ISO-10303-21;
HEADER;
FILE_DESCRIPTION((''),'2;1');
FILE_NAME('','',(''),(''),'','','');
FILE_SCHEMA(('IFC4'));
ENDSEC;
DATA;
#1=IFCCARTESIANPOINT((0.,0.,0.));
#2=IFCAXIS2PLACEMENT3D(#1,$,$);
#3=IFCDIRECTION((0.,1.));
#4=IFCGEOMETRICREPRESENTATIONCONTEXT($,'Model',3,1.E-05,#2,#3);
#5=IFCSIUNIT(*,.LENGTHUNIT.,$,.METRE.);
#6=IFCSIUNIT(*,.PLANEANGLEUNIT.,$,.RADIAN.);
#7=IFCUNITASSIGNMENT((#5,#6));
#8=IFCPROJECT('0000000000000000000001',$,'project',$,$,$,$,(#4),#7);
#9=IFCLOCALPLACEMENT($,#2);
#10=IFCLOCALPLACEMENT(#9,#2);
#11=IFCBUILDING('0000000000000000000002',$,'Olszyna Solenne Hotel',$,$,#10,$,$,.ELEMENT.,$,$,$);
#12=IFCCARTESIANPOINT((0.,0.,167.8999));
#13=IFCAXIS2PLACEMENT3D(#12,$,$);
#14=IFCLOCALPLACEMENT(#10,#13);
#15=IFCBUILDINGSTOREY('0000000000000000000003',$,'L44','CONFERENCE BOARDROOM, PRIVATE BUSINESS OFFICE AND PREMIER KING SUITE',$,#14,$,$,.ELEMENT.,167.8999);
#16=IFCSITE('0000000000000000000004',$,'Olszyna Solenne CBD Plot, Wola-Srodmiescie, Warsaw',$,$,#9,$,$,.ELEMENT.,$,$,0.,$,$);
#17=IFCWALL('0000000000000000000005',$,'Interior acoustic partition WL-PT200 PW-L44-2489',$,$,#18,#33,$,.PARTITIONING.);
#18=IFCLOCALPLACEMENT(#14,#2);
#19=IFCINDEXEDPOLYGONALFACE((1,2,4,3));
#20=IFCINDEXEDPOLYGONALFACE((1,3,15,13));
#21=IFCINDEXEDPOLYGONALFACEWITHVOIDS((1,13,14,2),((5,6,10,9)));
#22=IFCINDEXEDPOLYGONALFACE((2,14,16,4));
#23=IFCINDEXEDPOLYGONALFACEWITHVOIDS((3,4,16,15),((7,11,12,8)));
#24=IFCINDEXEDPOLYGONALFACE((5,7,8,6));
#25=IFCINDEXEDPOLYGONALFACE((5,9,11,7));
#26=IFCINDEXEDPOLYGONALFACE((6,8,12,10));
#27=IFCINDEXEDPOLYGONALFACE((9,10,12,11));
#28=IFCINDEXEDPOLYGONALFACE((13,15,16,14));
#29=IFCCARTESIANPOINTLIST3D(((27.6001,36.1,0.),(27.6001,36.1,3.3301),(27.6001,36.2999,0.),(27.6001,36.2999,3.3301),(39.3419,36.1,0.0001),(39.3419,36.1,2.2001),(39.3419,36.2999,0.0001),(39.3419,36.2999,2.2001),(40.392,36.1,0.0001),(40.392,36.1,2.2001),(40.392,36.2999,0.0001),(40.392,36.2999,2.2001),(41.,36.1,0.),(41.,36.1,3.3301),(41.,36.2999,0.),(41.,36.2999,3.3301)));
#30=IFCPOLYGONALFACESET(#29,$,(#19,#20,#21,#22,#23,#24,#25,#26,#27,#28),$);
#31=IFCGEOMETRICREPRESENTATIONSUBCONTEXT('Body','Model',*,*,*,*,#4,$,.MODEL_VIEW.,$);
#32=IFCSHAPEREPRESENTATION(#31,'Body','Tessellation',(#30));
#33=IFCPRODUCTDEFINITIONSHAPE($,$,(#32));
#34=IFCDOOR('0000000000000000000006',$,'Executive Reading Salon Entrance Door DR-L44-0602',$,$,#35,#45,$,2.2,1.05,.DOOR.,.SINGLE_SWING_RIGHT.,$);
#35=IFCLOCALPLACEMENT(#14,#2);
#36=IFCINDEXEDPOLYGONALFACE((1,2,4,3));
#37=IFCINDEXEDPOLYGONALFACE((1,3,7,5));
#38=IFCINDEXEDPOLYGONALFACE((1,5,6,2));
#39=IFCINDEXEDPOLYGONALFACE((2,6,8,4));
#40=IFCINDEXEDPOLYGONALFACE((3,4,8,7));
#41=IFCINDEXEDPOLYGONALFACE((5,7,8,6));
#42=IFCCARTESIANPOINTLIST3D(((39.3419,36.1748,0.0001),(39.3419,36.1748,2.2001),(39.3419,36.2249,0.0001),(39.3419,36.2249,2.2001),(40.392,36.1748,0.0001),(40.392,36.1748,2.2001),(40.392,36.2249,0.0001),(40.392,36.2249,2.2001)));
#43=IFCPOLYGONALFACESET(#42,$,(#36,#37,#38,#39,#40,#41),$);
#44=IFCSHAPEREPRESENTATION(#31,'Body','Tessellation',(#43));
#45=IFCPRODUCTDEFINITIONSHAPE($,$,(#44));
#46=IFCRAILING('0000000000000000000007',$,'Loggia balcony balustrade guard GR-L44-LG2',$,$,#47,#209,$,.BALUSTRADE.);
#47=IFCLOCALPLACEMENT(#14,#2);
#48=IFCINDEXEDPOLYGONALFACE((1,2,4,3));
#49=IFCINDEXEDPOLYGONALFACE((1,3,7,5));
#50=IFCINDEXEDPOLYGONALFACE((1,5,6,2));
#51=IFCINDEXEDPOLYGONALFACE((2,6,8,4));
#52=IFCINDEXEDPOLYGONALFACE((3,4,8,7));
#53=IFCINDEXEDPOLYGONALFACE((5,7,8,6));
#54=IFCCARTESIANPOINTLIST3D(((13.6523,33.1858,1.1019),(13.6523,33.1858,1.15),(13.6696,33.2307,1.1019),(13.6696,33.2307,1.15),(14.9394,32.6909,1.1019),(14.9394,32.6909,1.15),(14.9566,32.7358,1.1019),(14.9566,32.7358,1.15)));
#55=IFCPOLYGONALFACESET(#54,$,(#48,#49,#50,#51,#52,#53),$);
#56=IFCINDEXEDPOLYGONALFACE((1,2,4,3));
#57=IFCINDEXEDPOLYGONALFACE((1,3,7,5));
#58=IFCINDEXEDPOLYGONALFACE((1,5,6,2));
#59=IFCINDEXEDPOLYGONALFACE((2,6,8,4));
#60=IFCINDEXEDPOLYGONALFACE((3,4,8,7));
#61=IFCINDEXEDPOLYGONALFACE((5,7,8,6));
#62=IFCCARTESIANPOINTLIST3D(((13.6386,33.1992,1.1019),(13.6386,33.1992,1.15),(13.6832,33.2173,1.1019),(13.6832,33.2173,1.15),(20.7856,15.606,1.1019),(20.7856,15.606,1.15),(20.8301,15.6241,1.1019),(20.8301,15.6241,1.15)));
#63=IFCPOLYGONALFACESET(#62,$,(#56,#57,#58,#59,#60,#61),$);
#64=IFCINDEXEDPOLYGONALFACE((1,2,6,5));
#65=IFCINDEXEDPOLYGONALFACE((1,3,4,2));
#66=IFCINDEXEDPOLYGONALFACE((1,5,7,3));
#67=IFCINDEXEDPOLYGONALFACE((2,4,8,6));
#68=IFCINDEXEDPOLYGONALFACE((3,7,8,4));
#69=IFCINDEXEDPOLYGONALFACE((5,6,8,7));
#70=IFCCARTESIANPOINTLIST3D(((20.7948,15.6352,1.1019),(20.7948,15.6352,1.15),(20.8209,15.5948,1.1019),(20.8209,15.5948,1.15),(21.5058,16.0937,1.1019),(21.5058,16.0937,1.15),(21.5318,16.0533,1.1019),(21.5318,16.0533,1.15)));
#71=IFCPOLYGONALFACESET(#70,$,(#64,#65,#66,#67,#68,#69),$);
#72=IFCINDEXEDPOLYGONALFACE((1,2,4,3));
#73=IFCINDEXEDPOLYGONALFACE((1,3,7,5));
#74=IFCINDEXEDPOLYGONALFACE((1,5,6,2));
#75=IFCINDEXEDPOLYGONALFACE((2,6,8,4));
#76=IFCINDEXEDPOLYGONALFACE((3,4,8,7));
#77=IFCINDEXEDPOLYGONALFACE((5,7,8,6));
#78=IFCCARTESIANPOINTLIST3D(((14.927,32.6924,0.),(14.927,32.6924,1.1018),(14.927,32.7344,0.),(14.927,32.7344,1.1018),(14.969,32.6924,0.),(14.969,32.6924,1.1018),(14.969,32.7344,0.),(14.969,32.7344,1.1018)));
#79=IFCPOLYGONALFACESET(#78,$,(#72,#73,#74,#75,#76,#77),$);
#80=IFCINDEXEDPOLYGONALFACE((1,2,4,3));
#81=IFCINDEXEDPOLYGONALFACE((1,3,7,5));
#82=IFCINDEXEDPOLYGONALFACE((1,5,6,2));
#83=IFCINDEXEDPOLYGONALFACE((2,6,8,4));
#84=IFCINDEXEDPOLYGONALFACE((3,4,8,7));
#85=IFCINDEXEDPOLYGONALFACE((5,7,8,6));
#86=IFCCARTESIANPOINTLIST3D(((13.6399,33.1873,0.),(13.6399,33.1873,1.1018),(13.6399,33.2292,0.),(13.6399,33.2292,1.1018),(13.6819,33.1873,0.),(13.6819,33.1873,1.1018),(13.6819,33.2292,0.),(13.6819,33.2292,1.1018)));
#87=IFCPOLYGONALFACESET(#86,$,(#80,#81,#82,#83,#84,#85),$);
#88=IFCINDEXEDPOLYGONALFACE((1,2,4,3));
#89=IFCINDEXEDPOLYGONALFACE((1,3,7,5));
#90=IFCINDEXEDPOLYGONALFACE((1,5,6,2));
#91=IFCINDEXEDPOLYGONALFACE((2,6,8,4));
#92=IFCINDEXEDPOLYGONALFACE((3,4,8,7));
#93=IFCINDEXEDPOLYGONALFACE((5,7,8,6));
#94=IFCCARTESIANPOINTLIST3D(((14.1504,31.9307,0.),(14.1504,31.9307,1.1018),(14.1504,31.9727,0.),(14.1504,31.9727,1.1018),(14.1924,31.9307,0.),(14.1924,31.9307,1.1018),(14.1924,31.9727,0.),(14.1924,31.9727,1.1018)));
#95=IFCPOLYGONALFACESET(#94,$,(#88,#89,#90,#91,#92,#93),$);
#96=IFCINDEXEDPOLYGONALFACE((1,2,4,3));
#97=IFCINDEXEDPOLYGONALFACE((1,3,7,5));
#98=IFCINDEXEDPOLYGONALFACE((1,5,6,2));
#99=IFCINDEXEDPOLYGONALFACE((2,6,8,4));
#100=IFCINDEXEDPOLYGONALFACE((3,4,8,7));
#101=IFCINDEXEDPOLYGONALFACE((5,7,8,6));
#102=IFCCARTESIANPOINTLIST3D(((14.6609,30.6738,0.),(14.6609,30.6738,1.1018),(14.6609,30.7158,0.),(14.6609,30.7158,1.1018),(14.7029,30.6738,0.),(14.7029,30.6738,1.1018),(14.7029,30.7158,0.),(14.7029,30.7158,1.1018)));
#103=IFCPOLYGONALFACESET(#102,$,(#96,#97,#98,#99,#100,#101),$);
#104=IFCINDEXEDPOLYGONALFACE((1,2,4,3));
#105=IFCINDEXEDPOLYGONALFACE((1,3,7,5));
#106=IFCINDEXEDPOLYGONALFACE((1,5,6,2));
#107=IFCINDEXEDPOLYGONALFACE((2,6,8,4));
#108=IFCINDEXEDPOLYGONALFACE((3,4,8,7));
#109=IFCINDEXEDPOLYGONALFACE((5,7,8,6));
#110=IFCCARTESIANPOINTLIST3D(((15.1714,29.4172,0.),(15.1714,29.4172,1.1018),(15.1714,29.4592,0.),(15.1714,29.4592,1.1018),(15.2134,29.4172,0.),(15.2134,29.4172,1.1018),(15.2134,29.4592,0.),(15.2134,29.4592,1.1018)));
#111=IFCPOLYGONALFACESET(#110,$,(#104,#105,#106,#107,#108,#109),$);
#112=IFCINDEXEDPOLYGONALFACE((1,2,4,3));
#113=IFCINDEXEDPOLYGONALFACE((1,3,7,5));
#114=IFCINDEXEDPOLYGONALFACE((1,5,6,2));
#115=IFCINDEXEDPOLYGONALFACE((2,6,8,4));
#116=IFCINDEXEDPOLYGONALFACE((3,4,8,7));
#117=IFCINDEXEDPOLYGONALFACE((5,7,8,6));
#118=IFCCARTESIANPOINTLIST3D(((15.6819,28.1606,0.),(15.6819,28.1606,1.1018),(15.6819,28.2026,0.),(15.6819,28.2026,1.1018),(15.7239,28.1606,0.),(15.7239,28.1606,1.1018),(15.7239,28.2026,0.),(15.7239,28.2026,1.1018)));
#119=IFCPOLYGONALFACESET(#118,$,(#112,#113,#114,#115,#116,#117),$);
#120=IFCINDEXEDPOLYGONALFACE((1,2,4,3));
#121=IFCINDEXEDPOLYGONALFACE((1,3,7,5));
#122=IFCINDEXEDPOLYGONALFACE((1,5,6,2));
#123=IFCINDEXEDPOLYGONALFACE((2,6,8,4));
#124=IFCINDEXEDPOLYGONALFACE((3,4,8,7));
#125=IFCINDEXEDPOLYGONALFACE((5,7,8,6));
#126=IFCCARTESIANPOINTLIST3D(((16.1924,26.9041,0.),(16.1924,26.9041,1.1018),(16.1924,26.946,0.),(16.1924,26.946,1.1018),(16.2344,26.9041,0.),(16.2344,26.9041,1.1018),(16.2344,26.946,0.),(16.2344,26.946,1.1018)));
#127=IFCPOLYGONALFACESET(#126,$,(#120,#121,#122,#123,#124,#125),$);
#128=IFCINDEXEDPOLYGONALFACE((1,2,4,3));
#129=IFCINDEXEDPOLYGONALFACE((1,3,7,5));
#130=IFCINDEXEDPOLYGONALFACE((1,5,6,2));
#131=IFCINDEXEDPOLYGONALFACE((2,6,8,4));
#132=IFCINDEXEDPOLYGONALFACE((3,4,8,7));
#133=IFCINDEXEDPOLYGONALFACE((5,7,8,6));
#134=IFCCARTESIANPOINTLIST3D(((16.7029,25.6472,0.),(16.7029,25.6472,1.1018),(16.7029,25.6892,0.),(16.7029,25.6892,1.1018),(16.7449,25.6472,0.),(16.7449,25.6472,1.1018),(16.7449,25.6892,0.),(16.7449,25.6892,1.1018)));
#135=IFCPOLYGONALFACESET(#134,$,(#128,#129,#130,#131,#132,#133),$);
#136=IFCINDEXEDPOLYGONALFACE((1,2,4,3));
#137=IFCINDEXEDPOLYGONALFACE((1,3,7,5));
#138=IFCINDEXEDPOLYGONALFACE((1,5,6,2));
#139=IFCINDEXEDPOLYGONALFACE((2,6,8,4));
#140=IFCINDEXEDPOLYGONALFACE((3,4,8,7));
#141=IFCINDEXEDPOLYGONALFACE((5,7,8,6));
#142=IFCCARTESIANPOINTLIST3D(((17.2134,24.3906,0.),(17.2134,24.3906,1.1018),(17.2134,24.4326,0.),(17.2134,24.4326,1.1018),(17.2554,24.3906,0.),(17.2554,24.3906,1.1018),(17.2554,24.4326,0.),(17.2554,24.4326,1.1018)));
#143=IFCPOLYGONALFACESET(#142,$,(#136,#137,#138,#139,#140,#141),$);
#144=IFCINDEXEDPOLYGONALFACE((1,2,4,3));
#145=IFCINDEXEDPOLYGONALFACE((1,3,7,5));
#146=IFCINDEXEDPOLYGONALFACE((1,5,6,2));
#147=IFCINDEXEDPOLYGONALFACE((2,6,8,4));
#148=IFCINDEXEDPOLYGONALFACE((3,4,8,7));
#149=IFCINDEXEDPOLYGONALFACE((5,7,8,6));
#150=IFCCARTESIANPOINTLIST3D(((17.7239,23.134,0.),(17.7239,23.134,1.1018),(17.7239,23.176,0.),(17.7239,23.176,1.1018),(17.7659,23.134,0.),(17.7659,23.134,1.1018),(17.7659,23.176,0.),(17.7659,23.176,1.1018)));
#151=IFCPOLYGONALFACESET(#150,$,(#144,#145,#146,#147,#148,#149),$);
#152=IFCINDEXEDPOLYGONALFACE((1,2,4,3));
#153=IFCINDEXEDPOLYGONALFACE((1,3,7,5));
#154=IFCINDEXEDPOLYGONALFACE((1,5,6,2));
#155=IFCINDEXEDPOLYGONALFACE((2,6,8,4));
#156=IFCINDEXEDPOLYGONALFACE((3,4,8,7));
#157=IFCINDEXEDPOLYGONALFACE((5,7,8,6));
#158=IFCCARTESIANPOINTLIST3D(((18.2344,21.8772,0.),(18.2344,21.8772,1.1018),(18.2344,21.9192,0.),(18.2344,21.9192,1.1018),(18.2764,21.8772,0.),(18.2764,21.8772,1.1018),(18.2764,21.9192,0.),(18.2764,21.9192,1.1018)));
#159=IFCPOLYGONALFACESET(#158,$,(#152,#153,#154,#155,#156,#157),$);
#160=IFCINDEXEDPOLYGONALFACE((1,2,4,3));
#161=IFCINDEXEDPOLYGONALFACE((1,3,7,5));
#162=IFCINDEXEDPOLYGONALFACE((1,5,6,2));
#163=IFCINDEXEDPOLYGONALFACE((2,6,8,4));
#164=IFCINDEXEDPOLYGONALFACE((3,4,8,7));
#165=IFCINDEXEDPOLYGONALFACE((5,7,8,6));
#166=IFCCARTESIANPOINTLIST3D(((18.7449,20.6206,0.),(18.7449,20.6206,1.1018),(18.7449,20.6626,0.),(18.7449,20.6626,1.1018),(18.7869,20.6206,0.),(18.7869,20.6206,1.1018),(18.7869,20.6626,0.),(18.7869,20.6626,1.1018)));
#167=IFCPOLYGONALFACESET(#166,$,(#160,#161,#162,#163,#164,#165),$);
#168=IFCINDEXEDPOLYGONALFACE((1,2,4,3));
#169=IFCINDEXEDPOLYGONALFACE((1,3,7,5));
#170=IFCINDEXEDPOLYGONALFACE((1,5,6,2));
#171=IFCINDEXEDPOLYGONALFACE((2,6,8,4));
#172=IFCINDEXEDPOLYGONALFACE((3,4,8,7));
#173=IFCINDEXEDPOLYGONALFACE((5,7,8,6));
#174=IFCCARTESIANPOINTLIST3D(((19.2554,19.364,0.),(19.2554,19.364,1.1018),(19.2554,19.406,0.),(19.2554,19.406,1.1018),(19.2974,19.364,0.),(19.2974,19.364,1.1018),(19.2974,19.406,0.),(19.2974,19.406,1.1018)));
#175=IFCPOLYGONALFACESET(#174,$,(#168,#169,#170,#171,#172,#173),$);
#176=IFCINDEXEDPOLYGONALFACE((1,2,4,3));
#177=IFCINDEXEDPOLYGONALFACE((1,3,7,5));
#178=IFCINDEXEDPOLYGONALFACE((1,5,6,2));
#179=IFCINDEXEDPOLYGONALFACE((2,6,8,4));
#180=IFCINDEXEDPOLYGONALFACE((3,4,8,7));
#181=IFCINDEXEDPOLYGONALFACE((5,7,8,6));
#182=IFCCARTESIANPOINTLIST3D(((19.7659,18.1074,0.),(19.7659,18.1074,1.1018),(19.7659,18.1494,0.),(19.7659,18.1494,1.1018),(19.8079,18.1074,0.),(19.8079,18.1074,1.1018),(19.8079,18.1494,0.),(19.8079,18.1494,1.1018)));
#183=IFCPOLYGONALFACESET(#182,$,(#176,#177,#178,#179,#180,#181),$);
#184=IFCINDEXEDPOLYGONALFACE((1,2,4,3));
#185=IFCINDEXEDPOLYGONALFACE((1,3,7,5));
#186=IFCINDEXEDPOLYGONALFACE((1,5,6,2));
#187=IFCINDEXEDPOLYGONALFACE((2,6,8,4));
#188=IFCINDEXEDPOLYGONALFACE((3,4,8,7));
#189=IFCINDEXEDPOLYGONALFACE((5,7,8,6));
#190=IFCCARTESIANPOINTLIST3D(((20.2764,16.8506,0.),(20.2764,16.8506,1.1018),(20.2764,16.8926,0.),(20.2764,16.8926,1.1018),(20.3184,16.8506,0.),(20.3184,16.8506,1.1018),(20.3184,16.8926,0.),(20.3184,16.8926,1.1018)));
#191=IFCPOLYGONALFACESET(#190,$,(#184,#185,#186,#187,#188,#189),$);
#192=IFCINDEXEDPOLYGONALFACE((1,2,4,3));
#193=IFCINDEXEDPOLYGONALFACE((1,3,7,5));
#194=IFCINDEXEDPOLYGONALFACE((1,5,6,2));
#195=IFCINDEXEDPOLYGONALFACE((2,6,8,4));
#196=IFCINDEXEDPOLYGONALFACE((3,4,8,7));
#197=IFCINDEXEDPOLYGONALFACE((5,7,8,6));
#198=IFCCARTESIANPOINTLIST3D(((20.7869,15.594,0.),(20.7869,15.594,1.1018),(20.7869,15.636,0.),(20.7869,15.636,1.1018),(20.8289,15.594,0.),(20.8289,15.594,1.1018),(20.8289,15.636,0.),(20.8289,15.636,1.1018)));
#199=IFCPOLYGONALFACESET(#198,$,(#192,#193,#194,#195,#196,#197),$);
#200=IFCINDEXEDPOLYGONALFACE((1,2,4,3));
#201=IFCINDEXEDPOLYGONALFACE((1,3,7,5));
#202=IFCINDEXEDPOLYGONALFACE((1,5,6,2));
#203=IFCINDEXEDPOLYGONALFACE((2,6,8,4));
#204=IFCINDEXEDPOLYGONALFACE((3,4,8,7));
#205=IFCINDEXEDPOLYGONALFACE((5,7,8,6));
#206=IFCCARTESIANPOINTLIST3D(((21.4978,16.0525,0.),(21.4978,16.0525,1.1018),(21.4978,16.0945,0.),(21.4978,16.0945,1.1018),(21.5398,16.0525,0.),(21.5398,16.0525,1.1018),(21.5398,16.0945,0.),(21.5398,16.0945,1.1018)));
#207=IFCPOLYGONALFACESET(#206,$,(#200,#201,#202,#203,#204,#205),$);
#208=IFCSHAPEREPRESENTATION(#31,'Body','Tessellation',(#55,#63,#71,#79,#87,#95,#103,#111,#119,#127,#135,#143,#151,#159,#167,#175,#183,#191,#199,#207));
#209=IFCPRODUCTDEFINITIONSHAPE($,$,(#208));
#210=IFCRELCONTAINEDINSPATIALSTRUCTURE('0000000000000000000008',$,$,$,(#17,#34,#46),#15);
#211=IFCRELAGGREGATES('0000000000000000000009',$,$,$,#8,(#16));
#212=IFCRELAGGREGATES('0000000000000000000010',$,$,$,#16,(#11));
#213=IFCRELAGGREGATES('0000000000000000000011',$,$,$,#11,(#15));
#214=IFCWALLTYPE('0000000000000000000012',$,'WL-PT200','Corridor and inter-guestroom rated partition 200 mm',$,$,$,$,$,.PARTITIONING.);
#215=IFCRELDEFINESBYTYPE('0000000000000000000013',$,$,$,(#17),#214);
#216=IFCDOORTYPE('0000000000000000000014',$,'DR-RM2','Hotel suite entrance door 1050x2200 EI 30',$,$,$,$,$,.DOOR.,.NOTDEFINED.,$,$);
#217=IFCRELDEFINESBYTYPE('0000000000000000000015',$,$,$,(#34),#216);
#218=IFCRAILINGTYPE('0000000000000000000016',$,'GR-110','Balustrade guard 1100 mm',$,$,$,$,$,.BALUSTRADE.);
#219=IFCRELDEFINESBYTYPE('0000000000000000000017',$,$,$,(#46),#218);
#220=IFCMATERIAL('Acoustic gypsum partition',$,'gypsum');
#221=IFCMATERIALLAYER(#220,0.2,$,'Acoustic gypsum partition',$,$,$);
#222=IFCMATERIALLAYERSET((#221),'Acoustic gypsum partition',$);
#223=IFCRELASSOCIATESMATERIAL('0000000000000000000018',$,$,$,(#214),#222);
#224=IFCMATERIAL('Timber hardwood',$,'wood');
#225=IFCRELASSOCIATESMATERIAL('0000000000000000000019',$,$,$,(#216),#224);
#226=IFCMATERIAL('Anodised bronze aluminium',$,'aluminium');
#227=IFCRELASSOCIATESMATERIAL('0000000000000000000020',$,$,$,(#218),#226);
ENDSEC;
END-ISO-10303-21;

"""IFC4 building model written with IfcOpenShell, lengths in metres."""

from ifc_helpers import new_model, si_unit, direction, frame, frame_2d, origin, origin_2d, place, context, subcontext, project, spatial, rectangle, extrude, source, transform, mapped, material, layer, layer_set, type_object, type_shapes, element, fill, save


model = new_model("IFC4")

# Units and contexts
model_context = context("Model", 3, precision=1e-05, world=origin(), true_north=direction((0.0, 1.0)))
body_context = subcontext(model_context, "Body", "Model", "MODEL_VIEW")
ifc_project = project(units=[si_unit("LENGTHUNIT", "METRE"), si_unit("PLANEANGLEUNIT", "RADIAN")], contexts=[model_context])

# Site, building, storey
site_placement = place(None, origin())
site = spatial("IfcSite", under=ifc_project, at=site_placement, Name="Olszyna Solenne CBD Plot, Wola-Srodmiescie, Warsaw", CompositionType="ELEMENT", RefElevation=0.0)
building_placement = place(site_placement, origin())
building = spatial("IfcBuilding", under=site, at=building_placement, Name="Olszyna Solenne Hotel", CompositionType="ELEMENT")
storey_placement = place(building_placement, frame((0.0, 0.0, 167.8999)))
storey = spatial("IfcBuildingStorey", under=building, at=storey_placement, Name="L44", Description="CONFERENCE BOARDROOM, PRIVATE BUSINESS OFFICE AND PREMIER KING SUITE", CompositionType="ELEMENT", Elevation=167.8999)

# Shared definitions
ifc_material_1 = material(Name="Acoustic gypsum partition", Category="gypsum")

# Wall, opening, door
ifc_layer_1 = layer(ifc_material_1, 0.2, Name="Acoustic gypsum partition")
ifc_layer_set_1 = layer_set([ifc_layer_1], Name="Acoustic gypsum partition")
wall_type_1 = type_object("IfcWallType", Name="WL-PT200", Description="Corridor and inter-guestroom rated partition 200 mm", PredefinedType="PARTITIONING", material=ifc_layer_set_1)
wall_1_placement = place(storey_placement, frame((27.6001, 36.2, 0.0), z_axis=(0.0, 0.0, 1.0), x_axis=(1.0, 0.0, 0.0)))
wall_1 = element("IfcWall", 1, at=wall_1_placement, inside=storey, type_object=wall_type_1, Name="Interior acoustic partition WL-PT200 PW-L44-2489", PredefinedType="PARTITIONING", context=body_context, shape_type="SweptSolid", body=[
    extrude(rectangle(XDim=13.3999, YDim=0.2, at=frame_2d((6.7, 0.0))), origin(), (0.0, 0.0, 1.0), 3.3301),
])
opening_1_placement = place(wall_1_placement, frame((11.7419, 0.0, 0.0)))
opening_1 = element("IfcOpeningElement", 2, at=opening_1_placement, cuts=wall_1, PredefinedType="OPENING", context=body_context, shape_type="SweptSolid", body=[
    extrude(rectangle(XDim=1.05, YDim=2.2, at=frame_2d((0.5249, 1.1001))), frame((0.0, 0.1099, 0.0), z_axis=(0.0, -1.0, 0.0), x_axis=(1.0, 0.0, 0.0)), (0.0, 0.0, 1.0), 0.22),
])
ifc_material_2 = material(Name="Timber hardwood", Category="wood")
door_type_1 = type_object("IfcDoorType", Name="DR-RM2", Description="Hotel suite entrance door 1050x2200 EI 30", OperationType="NOTDEFINED", PredefinedType="DOOR", material=ifc_material_2)
shared_shape_1 = source(origin(), body_context, "Body", "SweptSolid", [
    extrude(rectangle(XDim=1.05, YDim=2.2, at=frame_2d((0.5249, 1.1001))), frame((0.0, 0.0249, 0.0), z_axis=(0.0, -1.0, 0.0), x_axis=(1.0, 0.0, 0.0)), (0.0, 0.0, 1.0), 0.05),
])
type_shapes(door_type_1, [shared_shape_1])
door_1_placement = place(opening_1_placement, origin())
door_1 = element("IfcDoor", 3, at=door_1_placement, inside=storey, type_object=door_type_1, Name="Executive Reading Salon Entrance Door DR-L44-0602", OperationType="SINGLE_SWING_RIGHT", OverallHeight=2.2, OverallWidth=1.05, PredefinedType="DOOR", context=body_context, shape_type="MappedRepresentation", body=[
    mapped(shared_shape_1, transform((0.0, 0.0, 0.0), x_axis=(1.0, 0.0, 0.0), y_axis=(0.0, 1.0, 0.0), z_axis=(0.0, 0.0, 1.0), scale=1.0)),
])
fill(opening_1, door_1)

# Railing
ifc_material_3 = material(Name="Anodised bronze aluminium", Category="aluminium")
railing_type = type_object("IfcRailingType", Name="GR-110", Description="Balustrade guard 1100 mm", PredefinedType="BALUSTRADE", material=ifc_material_3)
railing_placement = place(storey_placement, frame((14.948, 32.7134, 0.0)))
element("IfcRailing", 4, at=railing_placement, inside=storey, type_object=railing_type, Name="Loggia balcony balustrade guard GR-L44-LG2", PredefinedType="BALUSTRADE", context=body_context, shape_type="SweptSolid", body=[
    extrude(rectangle(XDim=0.0481, YDim=0.0481, at=origin_2d()), frame((0.0, 0.0, 1.126), z_axis=(-0.933387, 0.358872, 0.0), x_axis=(-0.358872, -0.933387, 0.0)), (0.0, 0.0, 1.0), 1.3789),
    extrude(rectangle(XDim=0.0481, YDim=0.0481, at=origin_2d()), frame((-1.2871, 0.4949, 1.126), z_axis=(0.376364, -0.926472, 0.0), x_axis=(0.926472, 0.376364, 0.0)), (0.0, 0.0, 1.0), 18.9895),
    extrude(rectangle(XDim=0.0481, YDim=0.0481, at=origin_2d()), frame((5.8599, -17.0984, 1.126), z_axis=(0.84039, 0.541982, 0.0), x_axis=(-0.541982, 0.84039, 0.0)), (0.0, 0.0, 1.0), 0.8459),
    extrude(rectangle(XDim=0.042, YDim=0.042, at=origin_2d()), origin(), (0.0, 0.0, 1.0), 1.1018),
    extrude(rectangle(XDim=0.042, YDim=0.042, at=origin_2d()), frame((-1.2871, 0.4949, 0.0)), (0.0, 0.0, 1.0), 1.1018),
    extrude(rectangle(XDim=0.042, YDim=0.042, at=origin_2d()), frame((-0.7766, -0.7617, 0.0)), (0.0, 0.0, 1.0), 1.1018),
    extrude(rectangle(XDim=0.042, YDim=0.042, at=origin_2d()), frame((-0.2661, -2.0186, 0.0)), (0.0, 0.0, 1.0), 1.1018),
    extrude(rectangle(XDim=0.042, YDim=0.042, at=origin_2d()), frame((0.2444, -3.2751, 0.0)), (0.0, 0.0, 1.0), 1.1018),
    extrude(rectangle(XDim=0.042, YDim=0.042, at=origin_2d()), frame((0.7549, -4.5317, 0.0)), (0.0, 0.0, 1.0), 1.1018),
    extrude(rectangle(XDim=0.042, YDim=0.042, at=origin_2d()), frame((1.2654, -5.7883, 0.0)), (0.0, 0.0, 1.0), 1.1018),
    extrude(rectangle(XDim=0.042, YDim=0.042, at=origin_2d()), frame((1.7759, -7.0452, 0.0)), (0.0, 0.0, 1.0), 1.1018),
    extrude(rectangle(XDim=0.042, YDim=0.042, at=origin_2d()), frame((2.2864, -8.3018, 0.0)), (0.0, 0.0, 1.0), 1.1018),
    extrude(rectangle(XDim=0.042, YDim=0.042, at=origin_2d()), frame((2.7969, -9.5583, 0.0)), (0.0, 0.0, 1.0), 1.1018),
    extrude(rectangle(XDim=0.042, YDim=0.042, at=origin_2d()), frame((3.3074, -10.8152, 0.0)), (0.0, 0.0, 1.0), 1.1018),
    extrude(rectangle(XDim=0.042, YDim=0.042, at=origin_2d()), frame((3.8179, -12.0718, 0.0)), (0.0, 0.0, 1.0), 1.1018),
    extrude(rectangle(XDim=0.042, YDim=0.042, at=origin_2d()), frame((4.3284, -13.3284, 0.0)), (0.0, 0.0, 1.0), 1.1018),
    extrude(rectangle(XDim=0.042, YDim=0.042, at=origin_2d()), frame((4.8389, -14.585, 0.0)), (0.0, 0.0, 1.0), 1.1018),
    extrude(rectangle(XDim=0.042, YDim=0.042, at=origin_2d()), frame((5.3494, -15.8418, 0.0)), (0.0, 0.0, 1.0), 1.1018),
    extrude(rectangle(XDim=0.042, YDim=0.042, at=origin_2d()), frame((5.8599, -17.0984, 0.0)), (0.0, 0.0, 1.0), 1.1018),
    extrude(rectangle(XDim=0.042, YDim=0.042, at=origin_2d()), frame((6.5708, -16.6399, 0.0)), (0.0, 0.0, 1.0), 1.1018),
])

save(model, "model.ifc")
